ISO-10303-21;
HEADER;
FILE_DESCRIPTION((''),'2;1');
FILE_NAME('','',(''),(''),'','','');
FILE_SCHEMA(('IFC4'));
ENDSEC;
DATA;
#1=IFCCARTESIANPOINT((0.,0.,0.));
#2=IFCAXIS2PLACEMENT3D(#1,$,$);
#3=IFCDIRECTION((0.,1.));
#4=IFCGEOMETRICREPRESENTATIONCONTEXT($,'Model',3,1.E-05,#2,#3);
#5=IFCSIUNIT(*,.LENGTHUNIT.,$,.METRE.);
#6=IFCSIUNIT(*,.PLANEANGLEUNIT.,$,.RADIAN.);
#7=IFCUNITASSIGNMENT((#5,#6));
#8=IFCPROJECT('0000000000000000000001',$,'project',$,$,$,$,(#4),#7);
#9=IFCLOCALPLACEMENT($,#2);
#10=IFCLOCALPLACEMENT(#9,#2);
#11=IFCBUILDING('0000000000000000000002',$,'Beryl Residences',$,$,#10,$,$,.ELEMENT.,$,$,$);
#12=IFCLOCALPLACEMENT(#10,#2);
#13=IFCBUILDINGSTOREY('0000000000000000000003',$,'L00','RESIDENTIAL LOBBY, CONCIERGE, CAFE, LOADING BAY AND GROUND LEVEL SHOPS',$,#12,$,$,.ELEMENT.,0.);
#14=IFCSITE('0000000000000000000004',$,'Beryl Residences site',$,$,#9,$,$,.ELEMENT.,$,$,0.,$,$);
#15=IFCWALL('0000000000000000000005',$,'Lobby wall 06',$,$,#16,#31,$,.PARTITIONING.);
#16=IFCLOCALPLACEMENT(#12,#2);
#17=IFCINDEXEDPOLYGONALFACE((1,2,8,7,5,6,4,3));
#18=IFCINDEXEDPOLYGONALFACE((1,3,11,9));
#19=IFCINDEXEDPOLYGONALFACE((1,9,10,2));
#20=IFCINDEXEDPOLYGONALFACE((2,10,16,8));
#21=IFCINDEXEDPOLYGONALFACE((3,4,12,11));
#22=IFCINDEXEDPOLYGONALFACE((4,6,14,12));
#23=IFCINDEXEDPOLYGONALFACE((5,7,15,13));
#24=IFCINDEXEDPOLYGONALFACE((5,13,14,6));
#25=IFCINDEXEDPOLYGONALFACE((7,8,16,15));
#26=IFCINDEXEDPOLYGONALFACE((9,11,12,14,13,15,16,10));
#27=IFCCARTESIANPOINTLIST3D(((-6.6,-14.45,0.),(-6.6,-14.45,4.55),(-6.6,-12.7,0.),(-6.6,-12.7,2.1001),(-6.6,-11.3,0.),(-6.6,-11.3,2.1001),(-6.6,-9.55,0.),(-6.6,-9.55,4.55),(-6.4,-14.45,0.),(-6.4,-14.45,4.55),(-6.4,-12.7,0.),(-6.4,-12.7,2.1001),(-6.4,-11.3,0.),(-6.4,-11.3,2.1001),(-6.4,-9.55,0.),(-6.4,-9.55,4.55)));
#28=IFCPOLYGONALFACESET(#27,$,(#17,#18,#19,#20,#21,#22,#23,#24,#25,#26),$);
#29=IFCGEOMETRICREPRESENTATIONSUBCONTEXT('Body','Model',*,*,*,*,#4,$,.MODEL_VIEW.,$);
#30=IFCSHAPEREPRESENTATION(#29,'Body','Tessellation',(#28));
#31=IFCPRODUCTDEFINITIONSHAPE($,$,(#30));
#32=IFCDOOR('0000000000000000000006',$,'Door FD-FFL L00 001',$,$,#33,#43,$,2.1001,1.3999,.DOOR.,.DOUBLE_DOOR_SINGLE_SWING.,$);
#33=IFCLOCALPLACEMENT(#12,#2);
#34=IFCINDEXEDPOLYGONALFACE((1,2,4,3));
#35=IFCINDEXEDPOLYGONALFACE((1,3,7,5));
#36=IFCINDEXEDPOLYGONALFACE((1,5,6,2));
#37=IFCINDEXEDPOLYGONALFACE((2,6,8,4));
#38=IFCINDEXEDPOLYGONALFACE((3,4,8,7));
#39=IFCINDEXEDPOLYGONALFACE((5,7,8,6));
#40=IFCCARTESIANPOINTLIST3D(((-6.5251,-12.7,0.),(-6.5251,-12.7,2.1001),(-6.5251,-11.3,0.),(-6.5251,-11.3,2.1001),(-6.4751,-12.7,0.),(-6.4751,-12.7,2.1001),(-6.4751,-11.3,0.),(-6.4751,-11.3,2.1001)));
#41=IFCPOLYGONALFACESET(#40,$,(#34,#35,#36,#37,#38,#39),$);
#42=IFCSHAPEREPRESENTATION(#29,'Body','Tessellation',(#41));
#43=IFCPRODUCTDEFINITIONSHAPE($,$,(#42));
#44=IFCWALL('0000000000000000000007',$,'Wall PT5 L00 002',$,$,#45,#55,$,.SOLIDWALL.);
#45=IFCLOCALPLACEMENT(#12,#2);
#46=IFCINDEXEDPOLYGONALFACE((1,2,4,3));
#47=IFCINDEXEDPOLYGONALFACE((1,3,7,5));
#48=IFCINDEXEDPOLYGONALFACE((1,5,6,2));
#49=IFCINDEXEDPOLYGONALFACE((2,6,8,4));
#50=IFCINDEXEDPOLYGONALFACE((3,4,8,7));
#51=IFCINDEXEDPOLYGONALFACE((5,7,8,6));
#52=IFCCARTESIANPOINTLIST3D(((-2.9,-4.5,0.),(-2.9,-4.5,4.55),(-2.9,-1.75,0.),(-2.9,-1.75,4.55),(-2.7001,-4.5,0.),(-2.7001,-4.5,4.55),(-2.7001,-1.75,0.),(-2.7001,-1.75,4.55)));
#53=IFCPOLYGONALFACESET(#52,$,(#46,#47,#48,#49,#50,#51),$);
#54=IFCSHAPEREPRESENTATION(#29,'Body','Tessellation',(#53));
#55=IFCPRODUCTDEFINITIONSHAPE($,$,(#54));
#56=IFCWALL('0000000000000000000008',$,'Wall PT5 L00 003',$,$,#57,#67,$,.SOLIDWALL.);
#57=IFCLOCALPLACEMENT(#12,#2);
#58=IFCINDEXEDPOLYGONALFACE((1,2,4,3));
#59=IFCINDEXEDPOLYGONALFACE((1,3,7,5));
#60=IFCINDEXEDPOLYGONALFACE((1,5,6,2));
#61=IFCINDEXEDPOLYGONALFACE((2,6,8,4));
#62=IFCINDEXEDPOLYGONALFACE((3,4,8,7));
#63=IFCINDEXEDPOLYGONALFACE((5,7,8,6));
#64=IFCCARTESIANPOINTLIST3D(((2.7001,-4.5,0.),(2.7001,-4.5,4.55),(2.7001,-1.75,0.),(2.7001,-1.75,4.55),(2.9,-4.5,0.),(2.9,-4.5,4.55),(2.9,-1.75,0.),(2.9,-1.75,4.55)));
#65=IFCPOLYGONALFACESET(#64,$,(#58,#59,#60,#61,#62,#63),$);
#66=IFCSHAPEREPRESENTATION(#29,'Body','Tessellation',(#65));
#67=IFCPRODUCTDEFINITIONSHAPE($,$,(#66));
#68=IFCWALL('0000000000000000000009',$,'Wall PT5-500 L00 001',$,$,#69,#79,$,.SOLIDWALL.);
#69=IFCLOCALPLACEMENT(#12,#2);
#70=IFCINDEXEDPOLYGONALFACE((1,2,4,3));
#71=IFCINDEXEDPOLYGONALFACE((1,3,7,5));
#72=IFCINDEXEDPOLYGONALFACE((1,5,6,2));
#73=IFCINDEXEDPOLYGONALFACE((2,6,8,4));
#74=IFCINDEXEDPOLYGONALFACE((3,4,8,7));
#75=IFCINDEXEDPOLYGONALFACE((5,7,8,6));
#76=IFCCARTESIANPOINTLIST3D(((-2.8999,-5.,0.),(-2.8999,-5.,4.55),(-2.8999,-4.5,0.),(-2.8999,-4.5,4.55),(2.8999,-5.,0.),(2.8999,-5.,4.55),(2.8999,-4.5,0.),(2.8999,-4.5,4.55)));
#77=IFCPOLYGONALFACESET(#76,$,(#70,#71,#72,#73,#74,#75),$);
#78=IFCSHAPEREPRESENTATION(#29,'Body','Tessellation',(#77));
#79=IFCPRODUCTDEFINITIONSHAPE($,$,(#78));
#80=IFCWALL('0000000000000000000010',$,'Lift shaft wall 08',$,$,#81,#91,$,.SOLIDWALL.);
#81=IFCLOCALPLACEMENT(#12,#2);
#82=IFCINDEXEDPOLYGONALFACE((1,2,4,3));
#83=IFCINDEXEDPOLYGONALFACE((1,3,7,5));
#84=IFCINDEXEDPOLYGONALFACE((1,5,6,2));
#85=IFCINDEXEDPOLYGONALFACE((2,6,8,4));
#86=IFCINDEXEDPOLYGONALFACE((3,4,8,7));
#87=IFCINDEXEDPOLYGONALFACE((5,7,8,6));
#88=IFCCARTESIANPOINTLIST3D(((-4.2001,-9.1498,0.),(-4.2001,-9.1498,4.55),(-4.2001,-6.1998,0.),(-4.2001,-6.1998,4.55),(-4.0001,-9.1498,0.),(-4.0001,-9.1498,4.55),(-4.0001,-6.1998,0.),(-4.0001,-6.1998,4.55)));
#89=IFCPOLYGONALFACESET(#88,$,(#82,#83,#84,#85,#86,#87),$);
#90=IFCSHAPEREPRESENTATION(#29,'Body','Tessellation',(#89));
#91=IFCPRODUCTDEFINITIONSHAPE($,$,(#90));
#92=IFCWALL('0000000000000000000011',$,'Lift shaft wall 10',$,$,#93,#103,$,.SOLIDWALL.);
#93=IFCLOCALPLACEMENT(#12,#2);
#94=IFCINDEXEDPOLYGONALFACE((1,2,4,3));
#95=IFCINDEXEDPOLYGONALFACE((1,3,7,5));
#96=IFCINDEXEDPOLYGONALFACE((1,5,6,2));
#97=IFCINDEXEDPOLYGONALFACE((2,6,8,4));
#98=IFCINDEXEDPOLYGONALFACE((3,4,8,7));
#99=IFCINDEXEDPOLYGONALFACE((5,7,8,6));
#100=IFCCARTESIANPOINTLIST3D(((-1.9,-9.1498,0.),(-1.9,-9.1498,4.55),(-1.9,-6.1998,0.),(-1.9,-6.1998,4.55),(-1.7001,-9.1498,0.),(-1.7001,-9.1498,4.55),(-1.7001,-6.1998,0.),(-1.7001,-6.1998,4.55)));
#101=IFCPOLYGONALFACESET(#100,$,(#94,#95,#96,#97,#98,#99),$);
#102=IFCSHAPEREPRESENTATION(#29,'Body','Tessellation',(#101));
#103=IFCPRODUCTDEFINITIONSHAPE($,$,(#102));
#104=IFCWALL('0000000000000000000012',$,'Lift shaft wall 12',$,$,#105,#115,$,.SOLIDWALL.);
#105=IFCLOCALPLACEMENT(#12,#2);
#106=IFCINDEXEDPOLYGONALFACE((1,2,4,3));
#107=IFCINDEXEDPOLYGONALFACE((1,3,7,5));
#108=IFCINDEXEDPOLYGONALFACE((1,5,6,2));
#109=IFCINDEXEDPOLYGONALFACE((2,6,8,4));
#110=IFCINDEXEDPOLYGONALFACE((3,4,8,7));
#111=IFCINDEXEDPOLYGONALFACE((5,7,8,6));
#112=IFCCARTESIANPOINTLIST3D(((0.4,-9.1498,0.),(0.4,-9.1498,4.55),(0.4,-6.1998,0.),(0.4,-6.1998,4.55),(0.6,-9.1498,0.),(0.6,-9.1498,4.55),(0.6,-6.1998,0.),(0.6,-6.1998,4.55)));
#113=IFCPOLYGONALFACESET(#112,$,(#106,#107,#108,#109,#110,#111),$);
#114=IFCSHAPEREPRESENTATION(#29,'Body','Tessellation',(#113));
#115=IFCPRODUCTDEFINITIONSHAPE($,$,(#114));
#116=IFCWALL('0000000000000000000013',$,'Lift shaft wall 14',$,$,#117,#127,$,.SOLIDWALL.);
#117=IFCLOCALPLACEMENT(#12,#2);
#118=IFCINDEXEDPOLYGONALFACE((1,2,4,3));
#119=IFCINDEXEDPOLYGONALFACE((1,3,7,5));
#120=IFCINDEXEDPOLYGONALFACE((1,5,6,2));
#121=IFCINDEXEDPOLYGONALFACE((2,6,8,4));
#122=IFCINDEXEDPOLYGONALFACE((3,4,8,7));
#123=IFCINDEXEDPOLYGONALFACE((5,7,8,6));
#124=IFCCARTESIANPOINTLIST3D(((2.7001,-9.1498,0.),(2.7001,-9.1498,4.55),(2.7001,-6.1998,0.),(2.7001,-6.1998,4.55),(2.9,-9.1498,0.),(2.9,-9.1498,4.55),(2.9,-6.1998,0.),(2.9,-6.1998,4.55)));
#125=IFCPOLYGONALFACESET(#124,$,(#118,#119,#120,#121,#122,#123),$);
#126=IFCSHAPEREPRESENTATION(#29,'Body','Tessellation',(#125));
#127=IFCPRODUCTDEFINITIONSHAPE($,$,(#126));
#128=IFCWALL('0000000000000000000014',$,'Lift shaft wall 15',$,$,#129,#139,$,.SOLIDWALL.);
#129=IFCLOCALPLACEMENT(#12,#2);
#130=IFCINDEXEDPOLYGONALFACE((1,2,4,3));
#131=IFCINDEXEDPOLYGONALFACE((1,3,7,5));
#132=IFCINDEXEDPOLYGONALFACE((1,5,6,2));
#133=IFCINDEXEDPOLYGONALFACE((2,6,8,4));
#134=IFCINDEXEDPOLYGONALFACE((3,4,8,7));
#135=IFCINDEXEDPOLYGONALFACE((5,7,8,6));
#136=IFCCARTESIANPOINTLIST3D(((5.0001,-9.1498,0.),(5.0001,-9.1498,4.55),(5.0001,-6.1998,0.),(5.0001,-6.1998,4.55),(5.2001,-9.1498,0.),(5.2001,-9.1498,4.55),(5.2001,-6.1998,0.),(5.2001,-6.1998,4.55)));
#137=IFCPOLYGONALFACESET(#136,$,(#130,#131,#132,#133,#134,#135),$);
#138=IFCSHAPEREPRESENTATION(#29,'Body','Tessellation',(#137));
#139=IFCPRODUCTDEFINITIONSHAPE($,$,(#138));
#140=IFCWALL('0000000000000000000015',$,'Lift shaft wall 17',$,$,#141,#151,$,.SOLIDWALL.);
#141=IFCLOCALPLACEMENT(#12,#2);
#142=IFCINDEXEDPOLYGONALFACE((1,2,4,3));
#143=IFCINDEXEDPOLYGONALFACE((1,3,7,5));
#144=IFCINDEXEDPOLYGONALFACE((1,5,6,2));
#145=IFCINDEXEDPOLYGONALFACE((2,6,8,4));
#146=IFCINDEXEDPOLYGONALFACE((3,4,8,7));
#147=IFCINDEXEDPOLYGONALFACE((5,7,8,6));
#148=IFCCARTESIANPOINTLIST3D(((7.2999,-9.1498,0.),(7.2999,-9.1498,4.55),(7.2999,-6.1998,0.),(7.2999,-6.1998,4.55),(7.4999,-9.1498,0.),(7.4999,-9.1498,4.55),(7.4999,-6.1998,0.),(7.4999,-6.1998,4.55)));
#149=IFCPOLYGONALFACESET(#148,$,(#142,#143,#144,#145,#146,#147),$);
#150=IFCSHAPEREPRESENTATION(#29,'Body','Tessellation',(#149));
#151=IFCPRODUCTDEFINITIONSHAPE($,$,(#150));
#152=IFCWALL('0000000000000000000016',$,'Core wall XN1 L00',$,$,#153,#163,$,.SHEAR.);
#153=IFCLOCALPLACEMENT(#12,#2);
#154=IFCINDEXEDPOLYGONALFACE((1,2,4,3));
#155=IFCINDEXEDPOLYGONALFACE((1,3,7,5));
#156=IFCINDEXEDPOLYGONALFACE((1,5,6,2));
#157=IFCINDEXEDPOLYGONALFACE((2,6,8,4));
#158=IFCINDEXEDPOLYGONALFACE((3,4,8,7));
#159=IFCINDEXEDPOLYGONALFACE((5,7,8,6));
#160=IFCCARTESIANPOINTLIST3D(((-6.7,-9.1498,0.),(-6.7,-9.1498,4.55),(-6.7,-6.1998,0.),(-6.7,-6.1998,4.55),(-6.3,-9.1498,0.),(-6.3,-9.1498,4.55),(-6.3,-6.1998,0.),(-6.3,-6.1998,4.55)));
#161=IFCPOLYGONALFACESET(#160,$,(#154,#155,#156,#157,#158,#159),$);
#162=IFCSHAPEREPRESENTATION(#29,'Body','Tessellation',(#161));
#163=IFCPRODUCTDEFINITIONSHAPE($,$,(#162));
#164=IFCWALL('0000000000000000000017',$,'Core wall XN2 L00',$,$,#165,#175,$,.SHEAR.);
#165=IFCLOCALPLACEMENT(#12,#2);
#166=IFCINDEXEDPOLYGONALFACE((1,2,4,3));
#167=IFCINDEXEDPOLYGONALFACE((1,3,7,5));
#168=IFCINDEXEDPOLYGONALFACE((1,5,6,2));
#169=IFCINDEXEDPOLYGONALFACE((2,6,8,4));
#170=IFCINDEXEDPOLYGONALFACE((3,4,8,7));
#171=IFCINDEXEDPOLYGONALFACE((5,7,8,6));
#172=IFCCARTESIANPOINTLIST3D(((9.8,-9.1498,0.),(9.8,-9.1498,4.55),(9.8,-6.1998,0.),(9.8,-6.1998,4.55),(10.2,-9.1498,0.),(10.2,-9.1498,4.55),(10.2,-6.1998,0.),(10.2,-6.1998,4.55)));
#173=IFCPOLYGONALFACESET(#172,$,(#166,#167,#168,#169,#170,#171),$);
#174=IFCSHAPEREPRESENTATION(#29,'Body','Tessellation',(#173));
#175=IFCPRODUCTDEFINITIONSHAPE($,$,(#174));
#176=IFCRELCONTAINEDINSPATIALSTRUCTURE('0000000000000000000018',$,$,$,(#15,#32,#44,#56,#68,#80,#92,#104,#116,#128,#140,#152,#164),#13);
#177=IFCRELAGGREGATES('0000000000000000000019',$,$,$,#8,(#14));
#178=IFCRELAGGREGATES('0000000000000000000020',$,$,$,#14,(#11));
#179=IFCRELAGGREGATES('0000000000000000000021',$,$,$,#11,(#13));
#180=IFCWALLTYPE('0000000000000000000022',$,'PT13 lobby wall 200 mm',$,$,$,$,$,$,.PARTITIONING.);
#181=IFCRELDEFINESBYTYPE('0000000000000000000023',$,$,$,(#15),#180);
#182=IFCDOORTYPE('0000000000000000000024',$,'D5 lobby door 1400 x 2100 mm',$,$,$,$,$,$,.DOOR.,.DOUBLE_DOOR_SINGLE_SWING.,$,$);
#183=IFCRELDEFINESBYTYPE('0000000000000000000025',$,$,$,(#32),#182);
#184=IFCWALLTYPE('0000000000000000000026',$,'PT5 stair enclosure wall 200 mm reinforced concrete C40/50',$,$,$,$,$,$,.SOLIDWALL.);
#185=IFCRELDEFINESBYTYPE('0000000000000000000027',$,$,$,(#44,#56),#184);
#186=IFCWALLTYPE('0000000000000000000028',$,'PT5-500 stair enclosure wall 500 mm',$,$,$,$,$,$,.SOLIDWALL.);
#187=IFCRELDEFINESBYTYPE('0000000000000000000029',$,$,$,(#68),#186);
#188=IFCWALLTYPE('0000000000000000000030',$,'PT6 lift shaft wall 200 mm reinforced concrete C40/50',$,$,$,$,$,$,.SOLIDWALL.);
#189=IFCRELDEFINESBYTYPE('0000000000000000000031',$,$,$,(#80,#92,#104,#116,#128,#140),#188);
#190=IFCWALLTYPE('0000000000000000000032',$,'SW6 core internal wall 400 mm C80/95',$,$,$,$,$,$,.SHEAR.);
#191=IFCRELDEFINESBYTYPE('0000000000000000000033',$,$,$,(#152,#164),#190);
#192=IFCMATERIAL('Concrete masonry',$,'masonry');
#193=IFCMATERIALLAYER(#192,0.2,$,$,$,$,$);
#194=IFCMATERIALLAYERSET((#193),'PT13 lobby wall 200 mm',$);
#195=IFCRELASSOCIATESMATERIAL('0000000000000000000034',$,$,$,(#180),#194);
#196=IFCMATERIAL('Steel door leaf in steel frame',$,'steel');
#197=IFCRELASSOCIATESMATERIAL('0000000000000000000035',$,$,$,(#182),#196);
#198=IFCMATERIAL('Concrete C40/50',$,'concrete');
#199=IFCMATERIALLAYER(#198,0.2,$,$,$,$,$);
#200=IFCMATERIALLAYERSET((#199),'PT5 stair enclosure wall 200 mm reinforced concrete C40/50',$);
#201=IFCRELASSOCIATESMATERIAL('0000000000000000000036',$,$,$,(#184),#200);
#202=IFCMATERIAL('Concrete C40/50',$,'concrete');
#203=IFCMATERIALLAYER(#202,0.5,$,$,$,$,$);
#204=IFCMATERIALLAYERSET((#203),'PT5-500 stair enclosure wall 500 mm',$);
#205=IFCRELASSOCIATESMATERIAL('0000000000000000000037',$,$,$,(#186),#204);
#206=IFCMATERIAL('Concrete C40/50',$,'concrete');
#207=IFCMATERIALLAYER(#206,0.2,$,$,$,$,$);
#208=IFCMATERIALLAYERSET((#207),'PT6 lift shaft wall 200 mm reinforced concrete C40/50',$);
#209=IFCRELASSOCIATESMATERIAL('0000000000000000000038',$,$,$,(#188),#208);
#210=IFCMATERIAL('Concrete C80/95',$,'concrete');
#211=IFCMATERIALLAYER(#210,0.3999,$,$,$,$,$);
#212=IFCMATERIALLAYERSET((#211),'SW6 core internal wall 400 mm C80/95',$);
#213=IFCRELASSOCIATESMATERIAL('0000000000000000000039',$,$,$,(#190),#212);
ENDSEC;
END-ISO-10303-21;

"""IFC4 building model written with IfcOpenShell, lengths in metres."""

from ifc_helpers import new_model, si_unit, direction, frame, frame_2d, origin, place, context, subcontext, project, spatial, rectangle, extrude, material, layer, layer_set, type_object, element, fill, save


model = new_model("IFC4")

# Units and contexts
model_context = context("Model", 3, precision=1e-05, world=origin(), true_north=direction((0.0, 1.0)))
body_context = subcontext(model_context, "Body", "Model", "MODEL_VIEW")
ifc_project = project(units=[si_unit("LENGTHUNIT", "METRE"), si_unit("PLANEANGLEUNIT", "RADIAN")], contexts=[model_context])

# Site, building, storey
site_placement = place(None, origin())
site = spatial("IfcSite", under=ifc_project, at=site_placement, Name="Beryl Residences site", CompositionType="ELEMENT", RefElevation=0.0)
building_placement = place(site_placement, origin())
building = spatial("IfcBuilding", under=site, at=building_placement, Name="Beryl Residences", CompositionType="ELEMENT")
storey_placement = place(building_placement, origin())
storey = spatial("IfcBuildingStorey", under=building, at=storey_placement, Name="L00", Description="RESIDENTIAL LOBBY, CONCIERGE, CAFE, LOADING BAY AND GROUND LEVEL SHOPS", CompositionType="ELEMENT", Elevation=0.0)

# Wall, opening, door
ifc_material_1 = material(Name="Concrete masonry", Category="masonry")
ifc_layer_1 = layer(ifc_material_1, 0.2)
ifc_layer_set_1 = layer_set([ifc_layer_1], Name="PT13 lobby wall 200 mm")
wall_type_1 = type_object("IfcWallType", Name="PT13 lobby wall 200 mm", PredefinedType="PARTITIONING", material=ifc_layer_set_1)
wall_1_placement = place(storey_placement, frame((-6.5, -14.45, 0.0), z_axis=(0.0, 0.0, 1.0), x_axis=(0.0, 1.0, 0.0)))
wall_1 = element("IfcWall", 1, at=wall_1_placement, inside=storey, type_object=wall_type_1, Name="Lobby wall 06", PredefinedType="PARTITIONING", context=body_context, shape_type="SweptSolid", body=[
    extrude(rectangle(XDim=4.8999, YDim=0.2, at=frame_2d((2.45, 0.0))), origin(), (0.0, 0.0, 1.0), 4.55),
])
opening_placement = place(wall_1_placement, frame((3.1499, 0.0, 0.0), z_axis=(0.0, 0.0, 1.0), x_axis=(-1.0, 0.0, 0.0)))
opening = element("IfcOpeningElement", 2, at=opening_placement, cuts=wall_1, PredefinedType="OPENING", context=body_context, shape_type="SweptSolid", body=[
    extrude(rectangle(XDim=1.3999, YDim=2.1001, at=frame_2d((0.7, 1.05))), frame((0.0, 0.1099, 0.0), z_axis=(0.0, -1.0, 0.0), x_axis=(1.0, 0.0, 0.0)), (0.0, 0.0, 1.0), 0.22),
])
ifc_material_2 = material(Name="Steel door leaf in steel frame", Category="steel")
door_type = type_object("IfcDoorType", Name="D5 lobby door 1400 x 2100 mm", OperationType="DOUBLE_DOOR_SINGLE_SWING", PredefinedType="DOOR", material=ifc_material_2)
door_placement = place(opening_placement, origin())
door = element("IfcDoor", 3, at=door_placement, inside=storey, type_object=door_type, Name="Door FD-FFL L00 001", OperationType="DOUBLE_DOOR_SINGLE_SWING", OverallHeight=2.1001, OverallWidth=1.3999, PredefinedType="DOOR", context=body_context, shape_type="SweptSolid", body=[
    extrude(rectangle(XDim=1.3999, YDim=2.1001, at=frame_2d((0.7, 1.05))), frame((0.0, 0.0249, 0.0), z_axis=(0.0, -1.0, 0.0), x_axis=(1.0, 0.0, 0.0)), (0.0, 0.0, 1.0), 0.05),
])
fill(opening, door)

# Walls
ifc_material_3 = material(Name="Concrete C40/50", Category="concrete")
ifc_layer_2 = layer(ifc_material_3, 0.2)
ifc_layer_set_2 = layer_set([ifc_layer_2], Name="PT5 stair enclosure wall 200 mm reinforced concrete C40/50")
wall_type_2 = type_object("IfcWallType", Name="PT5 stair enclosure wall 200 mm reinforced concrete C40/50", PredefinedType="SOLIDWALL", material=ifc_layer_set_2)
for number, where, z_axis, x_axis, name in (
    (4, (-2.8, -4.5, 0.0), (0.0, 0.0, 1.0), (0.0, 1.0, 0.0), "Wall PT5 L00 002"),
    (5, (2.8, -4.5, 0.0), (0.0, 0.0, 1.0), (0.0, 1.0, 0.0), "Wall PT5 L00 003"),
):
    element("IfcWall", number, at=place(storey_placement, frame(where, z_axis=z_axis, x_axis=x_axis)), inside=storey, type_object=wall_type_2, Name=name, PredefinedType="SOLIDWALL", context=body_context, shape_type="SweptSolid", body=[
        extrude(rectangle(XDim=2.75, YDim=0.2, at=frame_2d((1.375, 0.0))), origin(), (0.0, 0.0, 1.0), 4.55),
    ])
ifc_material_4 = material(Name="Concrete C40/50", Category="concrete")
ifc_layer_3 = layer(ifc_material_4, 0.5)
ifc_layer_set_3 = layer_set([ifc_layer_3], Name="PT5-500 stair enclosure wall 500 mm")
wall_type_3 = type_object("IfcWallType", Name="PT5-500 stair enclosure wall 500 mm", PredefinedType="SOLIDWALL", material=ifc_layer_set_3)
wall_2_placement = place(storey_placement, frame((-2.8999, -4.75, 0.0), z_axis=(0.0, 0.0, 1.0), x_axis=(1.0, 0.0, 0.0)))
element("IfcWall", 6, at=wall_2_placement, inside=storey, type_object=wall_type_3, Name="Wall PT5-500 L00 001", PredefinedType="SOLIDWALL", context=body_context, shape_type="SweptSolid", body=[
    extrude(rectangle(XDim=5.7998, YDim=0.5, at=frame_2d((2.8999, 0.0))), origin(), (0.0, 0.0, 1.0), 4.55),
])
ifc_material_5 = material(Name="Concrete C40/50", Category="concrete")
ifc_layer_4 = layer(ifc_material_5, 0.2)
ifc_layer_set_4 = layer_set([ifc_layer_4], Name="PT6 lift shaft wall 200 mm reinforced concrete C40/50")
wall_type_4 = type_object("IfcWallType", Name="PT6 lift shaft wall 200 mm reinforced concrete C40/50", PredefinedType="SOLIDWALL", material=ifc_layer_set_4)
for number, where, z_axis, x_axis, name in (
    (7, (-4.1001, -9.1499, 0.0), (0.0, 0.0, 1.0), (0.0, 1.0, 0.0), "Lift shaft wall 08"),
    (8, (-1.8, -9.1499, 0.0), (0.0, 0.0, 1.0), (0.0, 1.0, 0.0), "Lift shaft wall 10"),
    (9, (0.5, -9.1499, 0.0), (0.0, 0.0, 1.0), (0.0, 1.0, 0.0), "Lift shaft wall 12"),
    (10, (2.8, -9.1499, 0.0), (0.0, 0.0, 1.0), (0.0, 1.0, 0.0), "Lift shaft wall 14"),
    (11, (5.1001, -9.1499, 0.0), (0.0, 0.0, 1.0), (0.0, 1.0, 0.0), "Lift shaft wall 15"),
    (12, (7.3999, -9.1499, 0.0), (0.0, 0.0, 1.0), (0.0, 1.0, 0.0), "Lift shaft wall 17"),
):
    element("IfcWall", number, at=place(storey_placement, frame(where, z_axis=z_axis, x_axis=x_axis)), inside=storey, type_object=wall_type_4, Name=name, PredefinedType="SOLIDWALL", context=body_context, shape_type="SweptSolid", body=[
        extrude(rectangle(XDim=2.95, YDim=0.2, at=frame_2d((1.4751, 0.0))), origin(), (0.0, 0.0, 1.0), 4.55),
    ])
ifc_material_6 = material(Name="Concrete C80/95", Category="concrete")
ifc_layer_5 = layer(ifc_material_6, 0.3999)
ifc_layer_set_5 = layer_set([ifc_layer_5], Name="SW6 core internal wall 400 mm C80/95")
wall_type_5 = type_object("IfcWallType", Name="SW6 core internal wall 400 mm C80/95", PredefinedType="SHEAR", material=ifc_layer_set_5)
for number, where, z_axis, x_axis, name in (
    (13, (-6.5, -9.1499, 0.0), (0.0, 0.0, 1.0), (0.0, 1.0, 0.0), "Core wall XN1 L00"),
    (14, (10.0, -9.1499, 0.0), (0.0, 0.0, 1.0), (0.0, 1.0, 0.0), "Core wall XN2 L00"),
):
    element("IfcWall", number, at=place(storey_placement, frame(where, z_axis=z_axis, x_axis=x_axis)), inside=storey, type_object=wall_type_5, Name=name, PredefinedType="SHEAR", context=body_context, shape_type="SweptSolid", body=[
        extrude(rectangle(XDim=2.95, YDim=0.3999, at=frame_2d((1.4751, 0.0))), origin(), (0.0, 0.0, 1.0), 4.55),
    ])

save(model, "model.ifc")
